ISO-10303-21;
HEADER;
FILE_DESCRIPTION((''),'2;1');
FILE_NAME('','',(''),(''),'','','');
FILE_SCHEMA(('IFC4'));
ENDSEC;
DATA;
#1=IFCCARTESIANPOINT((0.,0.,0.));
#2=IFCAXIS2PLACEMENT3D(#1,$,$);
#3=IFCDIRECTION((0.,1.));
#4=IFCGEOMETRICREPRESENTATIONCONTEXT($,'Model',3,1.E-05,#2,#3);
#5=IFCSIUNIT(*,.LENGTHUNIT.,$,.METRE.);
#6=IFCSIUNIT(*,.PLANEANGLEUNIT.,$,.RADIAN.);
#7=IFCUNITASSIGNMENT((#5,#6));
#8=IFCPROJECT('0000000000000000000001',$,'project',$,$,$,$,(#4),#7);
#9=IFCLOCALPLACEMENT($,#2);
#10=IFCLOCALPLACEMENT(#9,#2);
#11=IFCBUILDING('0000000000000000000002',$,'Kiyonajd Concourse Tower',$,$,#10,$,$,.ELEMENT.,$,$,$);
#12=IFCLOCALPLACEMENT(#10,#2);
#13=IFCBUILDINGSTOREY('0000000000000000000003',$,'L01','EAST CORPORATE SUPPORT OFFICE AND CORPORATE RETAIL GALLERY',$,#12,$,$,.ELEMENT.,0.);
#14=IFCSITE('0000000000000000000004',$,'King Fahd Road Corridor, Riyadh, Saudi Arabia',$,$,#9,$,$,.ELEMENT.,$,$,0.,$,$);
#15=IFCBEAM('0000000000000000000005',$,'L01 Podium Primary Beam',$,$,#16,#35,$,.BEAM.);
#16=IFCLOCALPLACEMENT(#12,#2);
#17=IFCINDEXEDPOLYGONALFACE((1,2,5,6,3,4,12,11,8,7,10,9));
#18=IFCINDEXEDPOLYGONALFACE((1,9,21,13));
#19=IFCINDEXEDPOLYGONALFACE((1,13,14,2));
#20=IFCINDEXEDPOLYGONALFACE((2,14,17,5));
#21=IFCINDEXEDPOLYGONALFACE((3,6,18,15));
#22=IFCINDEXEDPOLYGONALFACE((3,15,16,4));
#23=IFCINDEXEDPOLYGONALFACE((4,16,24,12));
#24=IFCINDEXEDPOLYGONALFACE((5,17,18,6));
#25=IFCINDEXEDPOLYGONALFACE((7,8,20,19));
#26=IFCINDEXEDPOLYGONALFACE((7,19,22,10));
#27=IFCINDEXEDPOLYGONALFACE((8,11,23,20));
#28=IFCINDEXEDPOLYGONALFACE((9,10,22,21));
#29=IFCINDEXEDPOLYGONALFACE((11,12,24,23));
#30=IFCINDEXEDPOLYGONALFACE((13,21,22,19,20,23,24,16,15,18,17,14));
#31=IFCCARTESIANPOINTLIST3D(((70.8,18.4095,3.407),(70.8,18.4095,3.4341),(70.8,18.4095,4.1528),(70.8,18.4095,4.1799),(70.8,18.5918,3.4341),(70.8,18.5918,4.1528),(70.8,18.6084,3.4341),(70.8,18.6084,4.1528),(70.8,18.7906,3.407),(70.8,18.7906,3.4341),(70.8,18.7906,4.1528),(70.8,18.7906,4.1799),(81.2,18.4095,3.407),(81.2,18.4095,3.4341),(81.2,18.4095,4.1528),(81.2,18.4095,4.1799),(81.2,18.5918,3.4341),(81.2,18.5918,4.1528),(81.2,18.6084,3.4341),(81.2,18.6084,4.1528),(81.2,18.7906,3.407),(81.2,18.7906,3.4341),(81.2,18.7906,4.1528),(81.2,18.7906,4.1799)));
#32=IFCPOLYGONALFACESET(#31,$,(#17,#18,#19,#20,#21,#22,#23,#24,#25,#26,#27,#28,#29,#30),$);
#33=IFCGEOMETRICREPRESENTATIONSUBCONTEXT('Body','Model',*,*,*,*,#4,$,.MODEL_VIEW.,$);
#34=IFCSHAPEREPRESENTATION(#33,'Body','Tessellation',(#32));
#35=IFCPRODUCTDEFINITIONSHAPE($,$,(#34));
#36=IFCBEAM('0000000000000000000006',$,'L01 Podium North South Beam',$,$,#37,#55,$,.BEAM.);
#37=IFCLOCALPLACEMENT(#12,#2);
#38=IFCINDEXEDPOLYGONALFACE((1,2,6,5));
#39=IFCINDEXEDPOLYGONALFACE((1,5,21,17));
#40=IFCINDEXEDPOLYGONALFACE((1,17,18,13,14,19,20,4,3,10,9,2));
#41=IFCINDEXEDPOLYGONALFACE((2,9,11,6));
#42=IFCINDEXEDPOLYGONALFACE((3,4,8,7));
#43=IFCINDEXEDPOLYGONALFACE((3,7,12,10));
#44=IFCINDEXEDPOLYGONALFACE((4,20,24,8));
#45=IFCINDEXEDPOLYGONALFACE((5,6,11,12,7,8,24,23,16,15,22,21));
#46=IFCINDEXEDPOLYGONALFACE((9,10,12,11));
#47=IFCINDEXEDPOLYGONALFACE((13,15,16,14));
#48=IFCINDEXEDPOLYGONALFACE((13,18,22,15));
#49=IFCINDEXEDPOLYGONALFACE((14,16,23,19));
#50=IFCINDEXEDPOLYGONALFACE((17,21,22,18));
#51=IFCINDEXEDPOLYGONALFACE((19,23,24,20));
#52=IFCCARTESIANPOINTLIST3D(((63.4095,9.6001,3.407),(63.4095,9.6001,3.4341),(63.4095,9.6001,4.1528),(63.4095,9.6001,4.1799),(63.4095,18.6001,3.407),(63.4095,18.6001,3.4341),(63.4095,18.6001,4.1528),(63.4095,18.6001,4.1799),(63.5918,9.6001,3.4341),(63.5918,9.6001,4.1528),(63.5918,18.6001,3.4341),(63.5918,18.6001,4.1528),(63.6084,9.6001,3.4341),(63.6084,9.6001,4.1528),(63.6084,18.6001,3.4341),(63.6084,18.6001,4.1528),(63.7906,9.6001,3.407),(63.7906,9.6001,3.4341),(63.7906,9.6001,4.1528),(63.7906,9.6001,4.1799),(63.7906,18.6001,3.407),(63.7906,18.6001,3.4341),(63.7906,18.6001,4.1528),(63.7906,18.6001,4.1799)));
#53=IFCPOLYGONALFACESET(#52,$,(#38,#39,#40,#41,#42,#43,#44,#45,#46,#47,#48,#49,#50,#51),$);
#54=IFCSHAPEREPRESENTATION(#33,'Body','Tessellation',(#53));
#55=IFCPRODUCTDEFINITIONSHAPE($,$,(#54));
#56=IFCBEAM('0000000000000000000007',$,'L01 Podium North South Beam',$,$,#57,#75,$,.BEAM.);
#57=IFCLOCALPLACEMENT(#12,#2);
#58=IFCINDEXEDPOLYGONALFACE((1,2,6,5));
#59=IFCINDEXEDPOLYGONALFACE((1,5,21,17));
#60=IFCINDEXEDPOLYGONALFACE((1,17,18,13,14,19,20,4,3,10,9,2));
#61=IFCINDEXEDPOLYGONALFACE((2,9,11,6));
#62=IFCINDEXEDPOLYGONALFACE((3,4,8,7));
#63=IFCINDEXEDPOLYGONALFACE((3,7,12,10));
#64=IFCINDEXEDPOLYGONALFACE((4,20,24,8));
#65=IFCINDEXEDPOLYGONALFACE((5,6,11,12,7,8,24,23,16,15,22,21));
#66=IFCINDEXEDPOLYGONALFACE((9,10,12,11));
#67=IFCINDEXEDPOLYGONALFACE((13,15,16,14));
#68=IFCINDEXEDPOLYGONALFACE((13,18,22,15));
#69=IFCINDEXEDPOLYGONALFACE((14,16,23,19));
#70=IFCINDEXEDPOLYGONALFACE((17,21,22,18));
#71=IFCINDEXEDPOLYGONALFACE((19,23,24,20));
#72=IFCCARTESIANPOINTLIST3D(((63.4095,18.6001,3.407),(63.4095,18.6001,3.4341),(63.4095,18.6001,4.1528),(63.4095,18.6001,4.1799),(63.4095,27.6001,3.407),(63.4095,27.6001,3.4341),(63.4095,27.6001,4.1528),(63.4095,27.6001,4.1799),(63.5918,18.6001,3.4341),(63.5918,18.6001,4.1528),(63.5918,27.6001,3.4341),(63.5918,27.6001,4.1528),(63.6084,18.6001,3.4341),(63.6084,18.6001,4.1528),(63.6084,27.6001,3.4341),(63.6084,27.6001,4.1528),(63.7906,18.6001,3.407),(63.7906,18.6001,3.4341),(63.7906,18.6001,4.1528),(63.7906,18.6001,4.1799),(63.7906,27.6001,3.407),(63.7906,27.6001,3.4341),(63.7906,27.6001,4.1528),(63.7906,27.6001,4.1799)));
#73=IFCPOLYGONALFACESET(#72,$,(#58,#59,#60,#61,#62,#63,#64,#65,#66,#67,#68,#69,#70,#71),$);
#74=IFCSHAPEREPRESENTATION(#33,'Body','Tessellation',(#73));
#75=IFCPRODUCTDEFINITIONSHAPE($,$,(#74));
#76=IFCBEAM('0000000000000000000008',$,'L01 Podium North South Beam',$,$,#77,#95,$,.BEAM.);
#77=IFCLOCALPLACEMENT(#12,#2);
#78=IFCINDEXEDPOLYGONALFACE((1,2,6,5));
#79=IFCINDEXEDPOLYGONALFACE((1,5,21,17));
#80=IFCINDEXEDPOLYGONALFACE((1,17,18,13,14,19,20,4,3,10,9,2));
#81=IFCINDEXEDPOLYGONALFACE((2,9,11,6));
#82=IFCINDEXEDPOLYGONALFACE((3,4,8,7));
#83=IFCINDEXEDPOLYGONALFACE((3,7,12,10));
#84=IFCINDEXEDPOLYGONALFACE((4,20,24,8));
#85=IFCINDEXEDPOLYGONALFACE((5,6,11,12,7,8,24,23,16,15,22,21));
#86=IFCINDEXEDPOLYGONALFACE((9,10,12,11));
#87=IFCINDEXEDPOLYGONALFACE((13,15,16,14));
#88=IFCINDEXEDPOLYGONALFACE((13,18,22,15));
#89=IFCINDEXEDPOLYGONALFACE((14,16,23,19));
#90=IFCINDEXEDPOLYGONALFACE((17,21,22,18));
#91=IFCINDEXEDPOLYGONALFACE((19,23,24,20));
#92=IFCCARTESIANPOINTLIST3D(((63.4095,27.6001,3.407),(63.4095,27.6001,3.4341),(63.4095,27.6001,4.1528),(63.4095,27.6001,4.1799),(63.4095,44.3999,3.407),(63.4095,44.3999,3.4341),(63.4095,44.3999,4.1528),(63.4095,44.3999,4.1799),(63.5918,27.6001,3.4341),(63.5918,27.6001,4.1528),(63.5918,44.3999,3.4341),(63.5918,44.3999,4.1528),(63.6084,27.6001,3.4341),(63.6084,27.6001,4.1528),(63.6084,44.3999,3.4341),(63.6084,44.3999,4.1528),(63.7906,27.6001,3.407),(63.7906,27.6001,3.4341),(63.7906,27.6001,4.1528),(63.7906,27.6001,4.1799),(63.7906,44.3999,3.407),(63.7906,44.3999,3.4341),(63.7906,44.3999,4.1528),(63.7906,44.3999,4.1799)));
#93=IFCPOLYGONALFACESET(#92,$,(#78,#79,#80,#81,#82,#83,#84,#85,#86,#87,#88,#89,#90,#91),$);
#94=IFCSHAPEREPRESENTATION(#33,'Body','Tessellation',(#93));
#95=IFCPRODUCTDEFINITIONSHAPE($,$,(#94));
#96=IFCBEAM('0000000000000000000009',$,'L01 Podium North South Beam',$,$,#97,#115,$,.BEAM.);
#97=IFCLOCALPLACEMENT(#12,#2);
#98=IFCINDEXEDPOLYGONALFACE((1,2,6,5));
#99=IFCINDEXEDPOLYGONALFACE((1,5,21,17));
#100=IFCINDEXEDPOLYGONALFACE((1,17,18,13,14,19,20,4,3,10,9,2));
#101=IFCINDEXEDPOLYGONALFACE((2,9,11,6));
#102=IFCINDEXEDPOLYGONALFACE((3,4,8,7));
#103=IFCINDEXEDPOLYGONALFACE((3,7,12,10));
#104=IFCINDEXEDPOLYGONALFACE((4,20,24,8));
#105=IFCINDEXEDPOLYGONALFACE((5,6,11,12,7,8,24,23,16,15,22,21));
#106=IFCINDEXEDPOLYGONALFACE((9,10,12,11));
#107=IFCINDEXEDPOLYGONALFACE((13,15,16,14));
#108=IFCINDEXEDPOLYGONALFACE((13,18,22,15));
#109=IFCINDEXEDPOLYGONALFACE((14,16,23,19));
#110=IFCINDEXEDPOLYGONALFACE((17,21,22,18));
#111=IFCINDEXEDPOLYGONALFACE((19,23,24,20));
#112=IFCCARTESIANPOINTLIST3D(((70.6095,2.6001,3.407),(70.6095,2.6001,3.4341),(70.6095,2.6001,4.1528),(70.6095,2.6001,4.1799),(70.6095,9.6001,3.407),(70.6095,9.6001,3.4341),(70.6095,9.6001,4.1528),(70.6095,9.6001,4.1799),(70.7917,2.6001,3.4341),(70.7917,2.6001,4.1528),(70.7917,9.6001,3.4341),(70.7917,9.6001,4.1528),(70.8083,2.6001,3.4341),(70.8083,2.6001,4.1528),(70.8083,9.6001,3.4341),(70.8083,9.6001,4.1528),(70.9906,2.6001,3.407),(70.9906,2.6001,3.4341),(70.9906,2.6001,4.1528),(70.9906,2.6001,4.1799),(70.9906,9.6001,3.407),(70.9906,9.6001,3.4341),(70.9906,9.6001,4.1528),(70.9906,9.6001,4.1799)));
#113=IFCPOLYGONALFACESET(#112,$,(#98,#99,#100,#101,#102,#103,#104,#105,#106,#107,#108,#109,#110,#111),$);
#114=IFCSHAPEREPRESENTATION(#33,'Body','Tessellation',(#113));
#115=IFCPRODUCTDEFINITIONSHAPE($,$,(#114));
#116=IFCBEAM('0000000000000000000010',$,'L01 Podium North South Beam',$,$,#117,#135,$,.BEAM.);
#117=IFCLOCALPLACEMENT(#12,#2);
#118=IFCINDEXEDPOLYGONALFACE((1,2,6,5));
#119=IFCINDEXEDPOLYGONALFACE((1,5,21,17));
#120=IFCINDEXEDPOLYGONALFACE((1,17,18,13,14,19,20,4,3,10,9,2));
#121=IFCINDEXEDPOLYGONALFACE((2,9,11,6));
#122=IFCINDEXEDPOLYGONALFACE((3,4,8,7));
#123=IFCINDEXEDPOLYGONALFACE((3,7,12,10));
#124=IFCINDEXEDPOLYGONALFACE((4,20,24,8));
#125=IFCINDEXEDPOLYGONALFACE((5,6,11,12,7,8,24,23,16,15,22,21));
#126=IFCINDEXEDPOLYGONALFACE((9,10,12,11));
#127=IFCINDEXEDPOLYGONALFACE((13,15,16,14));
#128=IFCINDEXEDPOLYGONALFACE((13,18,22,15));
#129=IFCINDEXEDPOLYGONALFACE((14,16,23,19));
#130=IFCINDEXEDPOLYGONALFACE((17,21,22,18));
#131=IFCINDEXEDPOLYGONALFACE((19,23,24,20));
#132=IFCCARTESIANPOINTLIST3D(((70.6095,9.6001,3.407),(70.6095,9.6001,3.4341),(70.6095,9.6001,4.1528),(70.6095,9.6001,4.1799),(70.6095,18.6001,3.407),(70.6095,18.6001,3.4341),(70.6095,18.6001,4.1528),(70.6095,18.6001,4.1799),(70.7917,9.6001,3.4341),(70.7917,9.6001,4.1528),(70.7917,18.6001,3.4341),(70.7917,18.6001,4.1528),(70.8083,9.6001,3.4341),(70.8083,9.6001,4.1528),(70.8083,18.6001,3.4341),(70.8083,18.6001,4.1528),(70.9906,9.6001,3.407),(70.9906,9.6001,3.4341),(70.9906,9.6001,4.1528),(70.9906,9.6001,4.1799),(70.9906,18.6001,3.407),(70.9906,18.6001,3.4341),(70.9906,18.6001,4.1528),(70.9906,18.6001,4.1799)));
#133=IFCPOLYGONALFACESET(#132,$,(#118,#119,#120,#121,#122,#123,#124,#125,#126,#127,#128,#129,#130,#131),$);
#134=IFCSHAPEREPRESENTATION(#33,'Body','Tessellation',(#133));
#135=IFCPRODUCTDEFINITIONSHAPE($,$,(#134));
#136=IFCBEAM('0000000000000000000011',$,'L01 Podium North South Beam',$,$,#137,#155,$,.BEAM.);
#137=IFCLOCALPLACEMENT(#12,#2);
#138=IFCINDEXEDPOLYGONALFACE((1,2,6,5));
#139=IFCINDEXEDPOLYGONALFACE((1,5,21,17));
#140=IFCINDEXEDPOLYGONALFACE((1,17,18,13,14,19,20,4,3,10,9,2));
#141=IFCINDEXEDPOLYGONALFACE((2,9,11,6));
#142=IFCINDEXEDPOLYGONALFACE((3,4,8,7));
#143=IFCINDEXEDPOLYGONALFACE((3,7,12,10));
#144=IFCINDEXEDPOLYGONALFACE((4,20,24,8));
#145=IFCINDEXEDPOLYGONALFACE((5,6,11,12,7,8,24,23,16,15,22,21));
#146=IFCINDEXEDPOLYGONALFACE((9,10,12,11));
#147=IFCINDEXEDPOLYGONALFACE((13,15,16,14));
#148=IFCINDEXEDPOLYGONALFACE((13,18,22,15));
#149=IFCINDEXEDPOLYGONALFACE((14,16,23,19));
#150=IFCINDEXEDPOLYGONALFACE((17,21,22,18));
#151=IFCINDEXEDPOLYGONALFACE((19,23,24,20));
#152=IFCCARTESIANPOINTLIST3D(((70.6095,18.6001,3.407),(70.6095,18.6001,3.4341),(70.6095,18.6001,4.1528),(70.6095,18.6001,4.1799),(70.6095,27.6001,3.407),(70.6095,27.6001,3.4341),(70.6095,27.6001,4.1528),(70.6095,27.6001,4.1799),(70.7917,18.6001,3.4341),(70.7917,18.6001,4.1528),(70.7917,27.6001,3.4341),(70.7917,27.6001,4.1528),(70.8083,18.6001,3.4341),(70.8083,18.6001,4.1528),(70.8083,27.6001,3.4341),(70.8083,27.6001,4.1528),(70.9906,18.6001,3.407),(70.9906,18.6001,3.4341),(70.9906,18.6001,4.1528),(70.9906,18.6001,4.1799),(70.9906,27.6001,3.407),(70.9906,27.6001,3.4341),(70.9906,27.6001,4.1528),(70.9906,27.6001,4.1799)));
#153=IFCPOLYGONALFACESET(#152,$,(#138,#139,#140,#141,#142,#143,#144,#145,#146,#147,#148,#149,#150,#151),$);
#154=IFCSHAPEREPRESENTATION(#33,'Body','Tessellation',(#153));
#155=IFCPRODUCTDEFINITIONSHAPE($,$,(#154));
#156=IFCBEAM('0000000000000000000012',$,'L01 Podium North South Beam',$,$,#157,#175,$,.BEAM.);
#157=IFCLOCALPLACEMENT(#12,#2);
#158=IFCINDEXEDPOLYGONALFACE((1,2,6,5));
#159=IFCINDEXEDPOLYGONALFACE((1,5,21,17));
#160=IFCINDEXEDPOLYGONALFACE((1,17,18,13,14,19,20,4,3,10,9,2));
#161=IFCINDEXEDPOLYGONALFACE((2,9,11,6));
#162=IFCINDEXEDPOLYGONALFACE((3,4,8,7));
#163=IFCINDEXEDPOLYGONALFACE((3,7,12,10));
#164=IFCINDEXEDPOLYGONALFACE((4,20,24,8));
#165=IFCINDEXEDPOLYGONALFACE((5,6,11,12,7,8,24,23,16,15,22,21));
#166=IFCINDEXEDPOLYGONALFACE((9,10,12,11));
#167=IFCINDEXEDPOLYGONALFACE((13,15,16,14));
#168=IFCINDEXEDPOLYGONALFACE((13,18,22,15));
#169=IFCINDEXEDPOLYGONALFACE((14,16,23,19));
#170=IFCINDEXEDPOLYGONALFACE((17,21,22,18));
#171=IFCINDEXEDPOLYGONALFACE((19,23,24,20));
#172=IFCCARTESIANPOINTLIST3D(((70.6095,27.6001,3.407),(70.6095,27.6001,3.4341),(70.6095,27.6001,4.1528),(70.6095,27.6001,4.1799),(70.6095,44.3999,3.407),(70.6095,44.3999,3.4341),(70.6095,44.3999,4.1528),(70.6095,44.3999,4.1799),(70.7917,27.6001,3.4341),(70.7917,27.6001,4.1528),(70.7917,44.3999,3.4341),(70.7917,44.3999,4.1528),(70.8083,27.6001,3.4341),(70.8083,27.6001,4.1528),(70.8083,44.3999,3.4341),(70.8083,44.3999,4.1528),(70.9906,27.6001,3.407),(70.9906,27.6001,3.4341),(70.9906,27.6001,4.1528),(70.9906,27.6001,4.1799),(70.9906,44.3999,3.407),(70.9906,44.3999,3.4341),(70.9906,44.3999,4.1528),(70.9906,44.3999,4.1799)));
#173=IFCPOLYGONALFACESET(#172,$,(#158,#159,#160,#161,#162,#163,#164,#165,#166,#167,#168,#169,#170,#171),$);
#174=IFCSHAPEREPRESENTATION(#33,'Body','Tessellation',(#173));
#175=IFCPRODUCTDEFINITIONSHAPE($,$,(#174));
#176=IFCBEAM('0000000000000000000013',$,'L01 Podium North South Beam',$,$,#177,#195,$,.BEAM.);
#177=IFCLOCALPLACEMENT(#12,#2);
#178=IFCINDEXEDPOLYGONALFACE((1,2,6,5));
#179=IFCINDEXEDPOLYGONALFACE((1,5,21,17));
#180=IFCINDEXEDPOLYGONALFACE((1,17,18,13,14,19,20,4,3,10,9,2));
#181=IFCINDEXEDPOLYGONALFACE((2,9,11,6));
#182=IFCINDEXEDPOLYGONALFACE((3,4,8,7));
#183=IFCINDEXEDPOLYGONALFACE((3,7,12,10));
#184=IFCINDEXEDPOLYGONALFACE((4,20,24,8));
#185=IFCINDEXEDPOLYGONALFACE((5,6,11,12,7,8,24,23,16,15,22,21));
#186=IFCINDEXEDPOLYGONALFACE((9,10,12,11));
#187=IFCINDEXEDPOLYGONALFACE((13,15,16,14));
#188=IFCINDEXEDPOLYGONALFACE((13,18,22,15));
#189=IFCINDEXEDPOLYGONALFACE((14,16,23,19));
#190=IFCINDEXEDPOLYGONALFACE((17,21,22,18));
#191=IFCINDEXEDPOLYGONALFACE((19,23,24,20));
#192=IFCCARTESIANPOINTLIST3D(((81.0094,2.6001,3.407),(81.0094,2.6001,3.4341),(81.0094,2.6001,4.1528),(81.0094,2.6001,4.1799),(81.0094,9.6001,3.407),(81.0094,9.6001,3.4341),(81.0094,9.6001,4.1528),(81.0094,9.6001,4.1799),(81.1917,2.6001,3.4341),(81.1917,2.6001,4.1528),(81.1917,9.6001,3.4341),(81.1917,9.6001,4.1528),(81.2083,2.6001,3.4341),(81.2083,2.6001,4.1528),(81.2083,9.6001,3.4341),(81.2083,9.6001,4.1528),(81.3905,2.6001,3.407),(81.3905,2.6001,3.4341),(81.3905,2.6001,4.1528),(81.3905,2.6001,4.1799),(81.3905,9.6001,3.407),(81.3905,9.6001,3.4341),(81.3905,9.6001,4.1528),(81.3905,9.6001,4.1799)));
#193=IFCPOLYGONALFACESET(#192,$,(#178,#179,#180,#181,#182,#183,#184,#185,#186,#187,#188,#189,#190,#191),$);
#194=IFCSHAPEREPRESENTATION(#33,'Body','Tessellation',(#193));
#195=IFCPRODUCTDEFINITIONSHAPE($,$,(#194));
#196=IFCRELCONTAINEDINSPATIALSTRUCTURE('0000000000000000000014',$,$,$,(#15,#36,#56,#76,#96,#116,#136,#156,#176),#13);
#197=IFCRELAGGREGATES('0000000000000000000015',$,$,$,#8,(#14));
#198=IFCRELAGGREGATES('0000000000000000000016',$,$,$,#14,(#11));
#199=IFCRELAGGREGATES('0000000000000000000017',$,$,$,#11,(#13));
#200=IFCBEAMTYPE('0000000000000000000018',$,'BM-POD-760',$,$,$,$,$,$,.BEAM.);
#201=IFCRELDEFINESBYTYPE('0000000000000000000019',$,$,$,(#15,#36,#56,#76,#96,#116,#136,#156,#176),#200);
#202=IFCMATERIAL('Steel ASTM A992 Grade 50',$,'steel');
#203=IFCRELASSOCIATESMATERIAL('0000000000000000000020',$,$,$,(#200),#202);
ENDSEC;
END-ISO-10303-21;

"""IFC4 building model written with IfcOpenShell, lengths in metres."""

from ifc_helpers import new_model, si_unit, direction, frame, origin, origin_2d, place, context, subcontext, project, spatial, i_section, extrude, material, material_profile, profile_set, type_object, element, save


model = new_model("IFC4")

# Units and contexts
model_context = context("Model", 3, precision=1e-05, world=origin(), true_north=direction((0.0, 1.0)))
body_context = subcontext(model_context, "Body", "Model", "MODEL_VIEW")
ifc_project = project(units=[si_unit("LENGTHUNIT", "METRE"), si_unit("PLANEANGLEUNIT", "RADIAN")], contexts=[model_context])

# Site, building, storey
site_placement = place(None, origin())
site = spatial("IfcSite", under=ifc_project, at=site_placement, Name="King Fahd Road Corridor, Riyadh, Saudi Arabia", CompositionType="ELEMENT", RefElevation=0.0)
building_placement = place(site_placement, origin())
building = spatial("IfcBuilding", under=site, at=building_placement, Name="Kiyonajd Concourse Tower", CompositionType="ELEMENT")
storey_placement = place(building_placement, origin())
storey = spatial("IfcBuildingStorey", under=building, at=storey_placement, Name="L01", Description="EAST CORPORATE SUPPORT OFFICE AND CORPORATE RETAIL GALLERY", CompositionType="ELEMENT", Elevation=0.0)

# Beams
ifc_material_1 = material(Name="Steel ASTM A992 Grade 50", Category="steel")
ifc_material_profile_1 = material_profile(ifc_material_1, i_section(OverallWidth=0.3811, OverallDepth=0.7729, WebThickness=0.0166, FlangeThickness=0.0271, at=origin_2d()), Name="W760X257")
ifc_profile_set_1 = profile_set([ifc_material_profile_1], Name="Steel ASTM A992 Grade 50")
beam_type_1 = type_object("IfcBeamType", Name="BM-POD-760", PredefinedType="BEAM", material=ifc_profile_set_1)
beam_1_placement = place(storey_placement, frame((70.8, 18.6001, 3.7935), z_axis=(1.0, 0.0, 0.0), x_axis=(0.0, 1.0, 0.0)))
element("IfcBeam", 1, at=beam_1_placement, inside=storey, type_object=beam_type_1, Name="L01 Podium Primary Beam", PredefinedType="BEAM", context=body_context, shape_type="SweptSolid", body=[
    extrude(i_section(OverallWidth=0.3811, OverallDepth=0.7729, WebThickness=0.0166, FlangeThickness=0.0271, at=origin_2d()), origin(), (0.0, 0.0, 1.0), 10.3999),
])
for number, where, z_axis, x_axis, name in (
    (2, (63.6001, 9.6001, 3.7935), (0.0, 1.0, 0.0), (-1.0, 0.0, 0.0), "L01 Podium North South Beam"),
    (3, (63.6001, 18.6001, 3.7935), (0.0, 1.0, 0.0), (-1.0, 0.0, 0.0), "L01 Podium North South Beam"),
):
    element("IfcBeam", number, at=place(storey_placement, frame(where, z_axis=z_axis, x_axis=x_axis)), inside=storey, type_object=beam_type_1, Name=name, PredefinedType="BEAM", context=body_context, shape_type="SweptSolid", body=[
        extrude(i_section(OverallWidth=0.3811, OverallDepth=0.7729, WebThickness=0.0166, FlangeThickness=0.0271, at=origin_2d()), origin(), (0.0, 0.0, 1.0), 9.0),
    ])
beam_2_placement = place(storey_placement, frame((63.6001, 27.6001, 3.7935), z_axis=(0.0, 1.0, 0.0), x_axis=(-1.0, 0.0, 0.0)))
element("IfcBeam", 4, at=beam_2_placement, inside=storey, type_object=beam_type_1, Name="L01 Podium North South Beam", PredefinedType="BEAM", context=body_context, shape_type="SweptSolid", body=[
    extrude(i_section(OverallWidth=0.3811, OverallDepth=0.7729, WebThickness=0.0166, FlangeThickness=0.0271, at=origin_2d()), origin(), (0.0, 0.0, 1.0), 16.7998),
])
beam_3_placement = place(storey_placement, frame((70.8, 2.6001, 3.7935), z_axis=(0.0, 1.0, 0.0), x_axis=(-1.0, 0.0, 0.0)))
element("IfcBeam", 5, at=beam_3_placement, inside=storey, type_object=beam_type_1, Name="L01 Podium North South Beam", PredefinedType="BEAM", context=body_context, shape_type="SweptSolid", body=[
    extrude(i_section(OverallWidth=0.3811, OverallDepth=0.7729, WebThickness=0.0166, FlangeThickness=0.0271, at=origin_2d()), origin(), (0.0, 0.0, 1.0), 7.0),
])
for number, where, z_axis, x_axis, name in (
    (6, (70.8, 9.6001, 3.7935), (0.0, 1.0, 0.0), (-1.0, 0.0, 0.0), "L01 Podium North South Beam"),
    (7, (70.8, 18.6001, 3.7935), (0.0, 1.0, 0.0), (-1.0, 0.0, 0.0), "L01 Podium North South Beam"),
):
    element("IfcBeam", number, at=place(storey_placement, frame(where, z_axis=z_axis, x_axis=x_axis)), inside=storey, type_object=beam_type_1, Name=name, PredefinedType="BEAM", context=body_context, shape_type="SweptSolid", body=[
        extrude(i_section(OverallWidth=0.3811, OverallDepth=0.7729, WebThickness=0.0166, FlangeThickness=0.0271, at=origin_2d()), origin(), (0.0, 0.0, 1.0), 9.0),
    ])
beam_4_placement = place(storey_placement, frame((70.8, 27.6001, 3.7935), z_axis=(0.0, 1.0, 0.0), x_axis=(-1.0, 0.0, 0.0)))
element("IfcBeam", 8, at=beam_4_placement, inside=storey, type_object=beam_type_1, Name="L01 Podium North South Beam", PredefinedType="BEAM", context=body_context, shape_type="SweptSolid", body=[
    extrude(i_section(OverallWidth=0.3811, OverallDepth=0.7729, WebThickness=0.0166, FlangeThickness=0.0271, at=origin_2d()), origin(), (0.0, 0.0, 1.0), 16.7998),
])
beam_5_placement = place(storey_placement, frame((81.2, 2.6001, 3.7935), z_axis=(0.0, 1.0, 0.0), x_axis=(-1.0, 0.0, 0.0)))
element("IfcBeam", 9, at=beam_5_placement, inside=storey, type_object=beam_type_1, Name="L01 Podium North South Beam", PredefinedType="BEAM", context=body_context, shape_type="SweptSolid", body=[
    extrude(i_section(OverallWidth=0.3811, OverallDepth=0.7729, WebThickness=0.0166, FlangeThickness=0.0271, at=origin_2d()), origin(), (0.0, 0.0, 1.0), 7.0),
])

save(model, "model.ifc")
